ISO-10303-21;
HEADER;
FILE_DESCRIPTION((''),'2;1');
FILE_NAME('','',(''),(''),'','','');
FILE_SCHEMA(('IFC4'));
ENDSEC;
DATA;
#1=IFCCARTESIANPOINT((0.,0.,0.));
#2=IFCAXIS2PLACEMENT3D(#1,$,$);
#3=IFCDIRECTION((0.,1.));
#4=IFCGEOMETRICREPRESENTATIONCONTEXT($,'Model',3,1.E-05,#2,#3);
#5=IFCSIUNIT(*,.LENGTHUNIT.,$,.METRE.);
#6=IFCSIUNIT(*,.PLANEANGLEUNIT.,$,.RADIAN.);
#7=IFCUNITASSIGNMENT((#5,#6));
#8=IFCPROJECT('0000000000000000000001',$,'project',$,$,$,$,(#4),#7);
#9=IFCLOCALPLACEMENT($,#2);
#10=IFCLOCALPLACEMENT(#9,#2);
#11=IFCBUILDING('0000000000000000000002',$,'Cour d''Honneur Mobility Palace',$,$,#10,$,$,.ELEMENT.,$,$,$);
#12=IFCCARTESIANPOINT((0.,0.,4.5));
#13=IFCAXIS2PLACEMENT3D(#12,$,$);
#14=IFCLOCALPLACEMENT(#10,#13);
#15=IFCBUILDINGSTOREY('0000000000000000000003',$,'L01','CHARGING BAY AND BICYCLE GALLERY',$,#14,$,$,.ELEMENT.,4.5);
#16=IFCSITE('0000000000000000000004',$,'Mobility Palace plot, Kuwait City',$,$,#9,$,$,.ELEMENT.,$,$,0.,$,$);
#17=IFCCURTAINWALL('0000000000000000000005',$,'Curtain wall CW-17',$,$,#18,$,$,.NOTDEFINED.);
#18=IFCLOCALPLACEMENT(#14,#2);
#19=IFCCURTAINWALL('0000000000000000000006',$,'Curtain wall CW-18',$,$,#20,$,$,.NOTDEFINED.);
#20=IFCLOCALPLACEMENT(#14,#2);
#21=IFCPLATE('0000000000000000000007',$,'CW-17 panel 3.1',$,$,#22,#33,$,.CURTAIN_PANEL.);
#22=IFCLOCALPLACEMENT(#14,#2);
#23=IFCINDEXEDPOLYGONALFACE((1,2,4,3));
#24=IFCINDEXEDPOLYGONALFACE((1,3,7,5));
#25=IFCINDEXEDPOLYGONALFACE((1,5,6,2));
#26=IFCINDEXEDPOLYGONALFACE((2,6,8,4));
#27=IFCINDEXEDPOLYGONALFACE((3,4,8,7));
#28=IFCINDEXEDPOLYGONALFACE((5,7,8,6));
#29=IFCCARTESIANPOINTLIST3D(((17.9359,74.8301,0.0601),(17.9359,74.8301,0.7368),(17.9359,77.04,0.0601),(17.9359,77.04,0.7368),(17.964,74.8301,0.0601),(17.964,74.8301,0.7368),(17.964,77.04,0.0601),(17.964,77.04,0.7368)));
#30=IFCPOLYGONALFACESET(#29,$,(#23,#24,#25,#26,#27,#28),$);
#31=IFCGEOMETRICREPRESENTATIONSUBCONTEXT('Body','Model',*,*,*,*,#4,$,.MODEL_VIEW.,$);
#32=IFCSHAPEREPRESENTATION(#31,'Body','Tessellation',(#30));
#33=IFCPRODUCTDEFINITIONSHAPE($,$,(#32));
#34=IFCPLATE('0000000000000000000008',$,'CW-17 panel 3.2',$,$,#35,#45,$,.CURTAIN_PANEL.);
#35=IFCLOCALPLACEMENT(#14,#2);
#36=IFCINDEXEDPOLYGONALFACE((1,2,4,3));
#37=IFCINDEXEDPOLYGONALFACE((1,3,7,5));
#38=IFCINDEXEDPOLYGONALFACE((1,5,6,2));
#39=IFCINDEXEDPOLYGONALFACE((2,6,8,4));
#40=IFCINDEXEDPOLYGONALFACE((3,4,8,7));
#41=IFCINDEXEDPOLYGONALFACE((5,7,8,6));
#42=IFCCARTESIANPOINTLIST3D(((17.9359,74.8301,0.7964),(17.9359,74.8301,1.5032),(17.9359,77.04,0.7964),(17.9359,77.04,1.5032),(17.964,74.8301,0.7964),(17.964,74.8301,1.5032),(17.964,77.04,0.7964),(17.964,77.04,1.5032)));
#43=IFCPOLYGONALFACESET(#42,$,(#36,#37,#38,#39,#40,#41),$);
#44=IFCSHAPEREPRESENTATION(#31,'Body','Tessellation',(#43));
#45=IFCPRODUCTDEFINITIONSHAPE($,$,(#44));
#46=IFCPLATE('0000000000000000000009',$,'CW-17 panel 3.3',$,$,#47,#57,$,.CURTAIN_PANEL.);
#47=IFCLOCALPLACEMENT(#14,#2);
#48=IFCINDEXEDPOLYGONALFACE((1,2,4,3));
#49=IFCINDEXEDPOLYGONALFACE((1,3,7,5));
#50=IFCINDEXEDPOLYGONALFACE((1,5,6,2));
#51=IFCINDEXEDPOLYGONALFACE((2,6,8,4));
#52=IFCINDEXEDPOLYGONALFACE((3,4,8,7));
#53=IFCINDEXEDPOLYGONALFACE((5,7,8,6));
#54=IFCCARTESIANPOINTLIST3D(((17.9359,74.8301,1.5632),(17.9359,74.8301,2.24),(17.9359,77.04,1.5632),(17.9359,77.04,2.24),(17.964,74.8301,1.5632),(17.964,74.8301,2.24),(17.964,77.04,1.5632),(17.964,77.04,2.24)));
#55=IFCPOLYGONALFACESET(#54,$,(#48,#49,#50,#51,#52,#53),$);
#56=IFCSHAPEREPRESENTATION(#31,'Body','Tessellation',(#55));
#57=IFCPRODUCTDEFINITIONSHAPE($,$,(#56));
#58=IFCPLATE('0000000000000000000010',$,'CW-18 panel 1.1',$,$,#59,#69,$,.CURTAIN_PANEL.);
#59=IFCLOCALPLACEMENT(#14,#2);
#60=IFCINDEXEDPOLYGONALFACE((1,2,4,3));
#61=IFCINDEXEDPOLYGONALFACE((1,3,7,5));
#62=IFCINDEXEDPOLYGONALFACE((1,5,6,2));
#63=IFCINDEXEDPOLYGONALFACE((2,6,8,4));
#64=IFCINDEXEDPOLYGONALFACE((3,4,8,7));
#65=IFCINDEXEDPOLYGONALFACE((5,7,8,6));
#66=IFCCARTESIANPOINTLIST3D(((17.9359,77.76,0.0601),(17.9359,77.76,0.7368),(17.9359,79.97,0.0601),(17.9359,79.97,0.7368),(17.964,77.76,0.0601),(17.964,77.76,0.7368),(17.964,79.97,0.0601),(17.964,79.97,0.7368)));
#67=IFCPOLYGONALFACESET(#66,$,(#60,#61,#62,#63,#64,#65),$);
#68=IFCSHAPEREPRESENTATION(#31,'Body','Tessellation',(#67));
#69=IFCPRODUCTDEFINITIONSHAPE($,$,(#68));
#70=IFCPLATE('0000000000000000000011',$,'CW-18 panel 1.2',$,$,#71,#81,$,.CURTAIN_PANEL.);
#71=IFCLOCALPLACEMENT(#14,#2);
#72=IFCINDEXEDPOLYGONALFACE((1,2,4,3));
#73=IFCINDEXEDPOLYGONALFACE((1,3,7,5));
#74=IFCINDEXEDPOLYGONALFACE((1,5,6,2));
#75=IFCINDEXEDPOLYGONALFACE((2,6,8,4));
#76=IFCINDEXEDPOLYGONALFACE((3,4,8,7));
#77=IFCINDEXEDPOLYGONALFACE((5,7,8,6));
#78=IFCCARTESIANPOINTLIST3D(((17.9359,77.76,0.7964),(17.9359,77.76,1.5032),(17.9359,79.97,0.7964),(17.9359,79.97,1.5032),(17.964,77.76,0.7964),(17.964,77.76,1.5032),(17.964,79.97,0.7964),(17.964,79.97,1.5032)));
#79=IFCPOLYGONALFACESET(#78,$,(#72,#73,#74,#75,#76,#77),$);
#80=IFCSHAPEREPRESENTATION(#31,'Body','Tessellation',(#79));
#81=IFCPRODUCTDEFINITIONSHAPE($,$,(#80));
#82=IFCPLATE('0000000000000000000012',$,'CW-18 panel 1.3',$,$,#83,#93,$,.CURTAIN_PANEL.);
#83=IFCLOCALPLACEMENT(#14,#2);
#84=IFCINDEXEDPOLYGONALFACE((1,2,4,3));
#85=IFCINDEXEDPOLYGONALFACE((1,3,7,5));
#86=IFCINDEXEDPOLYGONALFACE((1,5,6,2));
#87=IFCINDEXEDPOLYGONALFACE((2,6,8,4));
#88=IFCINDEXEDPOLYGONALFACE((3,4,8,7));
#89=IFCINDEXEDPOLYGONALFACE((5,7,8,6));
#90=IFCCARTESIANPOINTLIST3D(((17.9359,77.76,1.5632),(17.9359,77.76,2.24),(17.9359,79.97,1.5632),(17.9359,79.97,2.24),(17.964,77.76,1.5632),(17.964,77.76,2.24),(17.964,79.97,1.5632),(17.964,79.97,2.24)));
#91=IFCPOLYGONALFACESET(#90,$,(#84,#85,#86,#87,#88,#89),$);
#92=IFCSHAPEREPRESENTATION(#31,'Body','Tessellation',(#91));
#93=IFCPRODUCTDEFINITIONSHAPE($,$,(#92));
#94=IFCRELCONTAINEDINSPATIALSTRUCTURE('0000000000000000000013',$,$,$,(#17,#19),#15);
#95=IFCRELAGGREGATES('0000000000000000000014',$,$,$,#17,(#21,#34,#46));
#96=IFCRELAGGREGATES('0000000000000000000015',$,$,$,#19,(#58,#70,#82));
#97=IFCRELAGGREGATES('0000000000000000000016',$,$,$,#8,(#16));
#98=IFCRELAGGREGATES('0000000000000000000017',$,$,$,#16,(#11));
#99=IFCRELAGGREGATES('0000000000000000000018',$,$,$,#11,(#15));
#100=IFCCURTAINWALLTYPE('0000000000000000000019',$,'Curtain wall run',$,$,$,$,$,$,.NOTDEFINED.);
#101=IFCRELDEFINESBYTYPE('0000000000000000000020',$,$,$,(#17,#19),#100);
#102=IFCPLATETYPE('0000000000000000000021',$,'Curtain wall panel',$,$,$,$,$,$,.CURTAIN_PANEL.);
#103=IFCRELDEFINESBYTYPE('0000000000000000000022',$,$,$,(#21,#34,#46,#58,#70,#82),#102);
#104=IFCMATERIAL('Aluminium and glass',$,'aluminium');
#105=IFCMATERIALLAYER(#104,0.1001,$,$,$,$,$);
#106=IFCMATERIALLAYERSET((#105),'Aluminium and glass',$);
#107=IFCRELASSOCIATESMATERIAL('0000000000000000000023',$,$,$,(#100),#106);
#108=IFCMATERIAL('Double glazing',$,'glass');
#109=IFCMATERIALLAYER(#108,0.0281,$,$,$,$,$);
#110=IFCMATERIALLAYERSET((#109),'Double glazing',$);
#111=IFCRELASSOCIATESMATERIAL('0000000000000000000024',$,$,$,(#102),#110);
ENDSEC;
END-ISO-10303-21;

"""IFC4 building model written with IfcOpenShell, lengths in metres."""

from ifc_helpers import new_model, si_unit, direction, frame, origin, origin_2d, place, context, subcontext, project, spatial, rectangle, extrude, material, layer, layer_set, type_object, element, aggregate, save


model = new_model("IFC4")

# Units and contexts
model_context = context("Model", 3, precision=1e-05, world=origin(), true_north=direction((0.0, 1.0)))
body_context = subcontext(model_context, "Body", "Model", "MODEL_VIEW")
ifc_project = project(units=[si_unit("LENGTHUNIT", "METRE"), si_unit("PLANEANGLEUNIT", "RADIAN")], contexts=[model_context])

# Site, building, storey
site_placement = place(None, origin())
site = spatial("IfcSite", under=ifc_project, at=site_placement, Name="Mobility Palace plot, Kuwait City", CompositionType="ELEMENT", RefElevation=0.0)
building_placement = place(site_placement, origin())
building = spatial("IfcBuilding", under=site, at=building_placement, Name="Cour d'Honneur Mobility Palace", CompositionType="ELEMENT")
storey_placement = place(building_placement, frame((0.0, 0.0, 4.5)))
storey = spatial("IfcBuildingStorey", under=building, at=storey_placement, Name="L01", Description="CHARGING BAY AND BICYCLE GALLERY", CompositionType="ELEMENT", Elevation=4.5)

# Curtain walls
ifc_material_1 = material(Name="Aluminium and glass", Category="aluminium")
ifc_layer_1 = layer(ifc_material_1, 0.1001)
ifc_layer_set_1 = layer_set([ifc_layer_1], Name="Aluminium and glass")
curtain_wall_type = type_object("IfcCurtainWallType", Name="Curtain wall run", PredefinedType="NOTDEFINED", material=ifc_layer_set_1)
curtain_wall_1_placement = place(storey_placement, origin())
curtain_wall_1 = element("IfcCurtainWall", 1, at=curtain_wall_1_placement, inside=storey, type_object=curtain_wall_type, Name="Curtain wall CW-17", PredefinedType="NOTDEFINED")
curtain_wall_2_placement = place(storey_placement, origin())
curtain_wall_2 = element("IfcCurtainWall", 2, at=curtain_wall_2_placement, inside=storey, type_object=curtain_wall_type, Name="Curtain wall CW-18", PredefinedType="NOTDEFINED")

# Plates
ifc_material_2 = material(Name="Double glazing", Category="glass")
ifc_layer_2 = layer(ifc_material_2, 0.0281)
ifc_layer_set_2 = layer_set([ifc_layer_2], Name="Double glazing")
plate_type = type_object("IfcPlateType", Name="Curtain wall panel", PredefinedType="CURTAIN_PANEL", material=ifc_layer_set_2)
plate_1_placement = place(storey_placement, frame((17.95, 75.9351, 0.0601), z_axis=(0.0, 0.0, 1.0), x_axis=(0.0, 1.0, 0.0)))
plate_1 = element("IfcPlate", 3, at=plate_1_placement, type_object=plate_type, Name="CW-17 panel 3.1", PredefinedType="CURTAIN_PANEL", context=body_context, shape_type="SweptSolid", body=[
    extrude(rectangle(XDim=2.21, YDim=0.0281, at=origin_2d()), origin(), (0.0, 0.0, 1.0), 0.6768),
])
plate_2_placement = place(storey_placement, frame((17.95, 75.9351, 0.7964), z_axis=(0.0, 0.0, 1.0), x_axis=(0.0, 1.0, 0.0)))
plate_2 = element("IfcPlate", 4, at=plate_2_placement, type_object=plate_type, Name="CW-17 panel 3.2", PredefinedType="CURTAIN_PANEL", context=body_context, shape_type="SweptSolid", body=[
    extrude(rectangle(XDim=2.21, YDim=0.0281, at=origin_2d()), origin(), (0.0, 0.0, 1.0), 0.7068),
])
plate_3_placement = place(storey_placement, frame((17.95, 75.9351, 1.5632), z_axis=(0.0, 0.0, 1.0), x_axis=(0.0, 1.0, 0.0)))
plate_3 = element("IfcPlate", 5, at=plate_3_placement, type_object=plate_type, Name="CW-17 panel 3.3", PredefinedType="CURTAIN_PANEL", context=body_context, shape_type="SweptSolid", body=[
    extrude(rectangle(XDim=2.21, YDim=0.0281, at=origin_2d()), origin(), (0.0, 0.0, 1.0), 0.6768),
])
aggregate(curtain_wall_1, [plate_1, plate_2, plate_3])
plate_4_placement = place(storey_placement, frame((17.95, 78.865, 0.0601), z_axis=(0.0, 0.0, 1.0), x_axis=(0.0, 1.0, 0.0)))
plate_4 = element("IfcPlate", 6, at=plate_4_placement, type_object=plate_type, Name="CW-18 panel 1.1", PredefinedType="CURTAIN_PANEL", context=body_context, shape_type="SweptSolid", body=[
    extrude(rectangle(XDim=2.21, YDim=0.0281, at=origin_2d()), origin(), (0.0, 0.0, 1.0), 0.6768),
])
plate_5_placement = place(storey_placement, frame((17.95, 78.865, 0.7964), z_axis=(0.0, 0.0, 1.0), x_axis=(0.0, 1.0, 0.0)))
plate_5 = element("IfcPlate", 7, at=plate_5_placement, type_object=plate_type, Name="CW-18 panel 1.2", PredefinedType="CURTAIN_PANEL", context=body_context, shape_type="SweptSolid", body=[
    extrude(rectangle(XDim=2.21, YDim=0.0281, at=origin_2d()), origin(), (0.0, 0.0, 1.0), 0.7068),
])
plate_6_placement = place(storey_placement, frame((17.95, 78.865, 1.5632), z_axis=(0.0, 0.0, 1.0), x_axis=(0.0, 1.0, 0.0)))
plate_6 = element("IfcPlate", 8, at=plate_6_placement, type_object=plate_type, Name="CW-18 panel 1.3", PredefinedType="CURTAIN_PANEL", context=body_context, shape_type="SweptSolid", body=[
    extrude(rectangle(XDim=2.21, YDim=0.0281, at=origin_2d()), origin(), (0.0, 0.0, 1.0), 0.6768),
])
aggregate(curtain_wall_2, [plate_4, plate_5, plate_6])

save(model, "model.ifc")
